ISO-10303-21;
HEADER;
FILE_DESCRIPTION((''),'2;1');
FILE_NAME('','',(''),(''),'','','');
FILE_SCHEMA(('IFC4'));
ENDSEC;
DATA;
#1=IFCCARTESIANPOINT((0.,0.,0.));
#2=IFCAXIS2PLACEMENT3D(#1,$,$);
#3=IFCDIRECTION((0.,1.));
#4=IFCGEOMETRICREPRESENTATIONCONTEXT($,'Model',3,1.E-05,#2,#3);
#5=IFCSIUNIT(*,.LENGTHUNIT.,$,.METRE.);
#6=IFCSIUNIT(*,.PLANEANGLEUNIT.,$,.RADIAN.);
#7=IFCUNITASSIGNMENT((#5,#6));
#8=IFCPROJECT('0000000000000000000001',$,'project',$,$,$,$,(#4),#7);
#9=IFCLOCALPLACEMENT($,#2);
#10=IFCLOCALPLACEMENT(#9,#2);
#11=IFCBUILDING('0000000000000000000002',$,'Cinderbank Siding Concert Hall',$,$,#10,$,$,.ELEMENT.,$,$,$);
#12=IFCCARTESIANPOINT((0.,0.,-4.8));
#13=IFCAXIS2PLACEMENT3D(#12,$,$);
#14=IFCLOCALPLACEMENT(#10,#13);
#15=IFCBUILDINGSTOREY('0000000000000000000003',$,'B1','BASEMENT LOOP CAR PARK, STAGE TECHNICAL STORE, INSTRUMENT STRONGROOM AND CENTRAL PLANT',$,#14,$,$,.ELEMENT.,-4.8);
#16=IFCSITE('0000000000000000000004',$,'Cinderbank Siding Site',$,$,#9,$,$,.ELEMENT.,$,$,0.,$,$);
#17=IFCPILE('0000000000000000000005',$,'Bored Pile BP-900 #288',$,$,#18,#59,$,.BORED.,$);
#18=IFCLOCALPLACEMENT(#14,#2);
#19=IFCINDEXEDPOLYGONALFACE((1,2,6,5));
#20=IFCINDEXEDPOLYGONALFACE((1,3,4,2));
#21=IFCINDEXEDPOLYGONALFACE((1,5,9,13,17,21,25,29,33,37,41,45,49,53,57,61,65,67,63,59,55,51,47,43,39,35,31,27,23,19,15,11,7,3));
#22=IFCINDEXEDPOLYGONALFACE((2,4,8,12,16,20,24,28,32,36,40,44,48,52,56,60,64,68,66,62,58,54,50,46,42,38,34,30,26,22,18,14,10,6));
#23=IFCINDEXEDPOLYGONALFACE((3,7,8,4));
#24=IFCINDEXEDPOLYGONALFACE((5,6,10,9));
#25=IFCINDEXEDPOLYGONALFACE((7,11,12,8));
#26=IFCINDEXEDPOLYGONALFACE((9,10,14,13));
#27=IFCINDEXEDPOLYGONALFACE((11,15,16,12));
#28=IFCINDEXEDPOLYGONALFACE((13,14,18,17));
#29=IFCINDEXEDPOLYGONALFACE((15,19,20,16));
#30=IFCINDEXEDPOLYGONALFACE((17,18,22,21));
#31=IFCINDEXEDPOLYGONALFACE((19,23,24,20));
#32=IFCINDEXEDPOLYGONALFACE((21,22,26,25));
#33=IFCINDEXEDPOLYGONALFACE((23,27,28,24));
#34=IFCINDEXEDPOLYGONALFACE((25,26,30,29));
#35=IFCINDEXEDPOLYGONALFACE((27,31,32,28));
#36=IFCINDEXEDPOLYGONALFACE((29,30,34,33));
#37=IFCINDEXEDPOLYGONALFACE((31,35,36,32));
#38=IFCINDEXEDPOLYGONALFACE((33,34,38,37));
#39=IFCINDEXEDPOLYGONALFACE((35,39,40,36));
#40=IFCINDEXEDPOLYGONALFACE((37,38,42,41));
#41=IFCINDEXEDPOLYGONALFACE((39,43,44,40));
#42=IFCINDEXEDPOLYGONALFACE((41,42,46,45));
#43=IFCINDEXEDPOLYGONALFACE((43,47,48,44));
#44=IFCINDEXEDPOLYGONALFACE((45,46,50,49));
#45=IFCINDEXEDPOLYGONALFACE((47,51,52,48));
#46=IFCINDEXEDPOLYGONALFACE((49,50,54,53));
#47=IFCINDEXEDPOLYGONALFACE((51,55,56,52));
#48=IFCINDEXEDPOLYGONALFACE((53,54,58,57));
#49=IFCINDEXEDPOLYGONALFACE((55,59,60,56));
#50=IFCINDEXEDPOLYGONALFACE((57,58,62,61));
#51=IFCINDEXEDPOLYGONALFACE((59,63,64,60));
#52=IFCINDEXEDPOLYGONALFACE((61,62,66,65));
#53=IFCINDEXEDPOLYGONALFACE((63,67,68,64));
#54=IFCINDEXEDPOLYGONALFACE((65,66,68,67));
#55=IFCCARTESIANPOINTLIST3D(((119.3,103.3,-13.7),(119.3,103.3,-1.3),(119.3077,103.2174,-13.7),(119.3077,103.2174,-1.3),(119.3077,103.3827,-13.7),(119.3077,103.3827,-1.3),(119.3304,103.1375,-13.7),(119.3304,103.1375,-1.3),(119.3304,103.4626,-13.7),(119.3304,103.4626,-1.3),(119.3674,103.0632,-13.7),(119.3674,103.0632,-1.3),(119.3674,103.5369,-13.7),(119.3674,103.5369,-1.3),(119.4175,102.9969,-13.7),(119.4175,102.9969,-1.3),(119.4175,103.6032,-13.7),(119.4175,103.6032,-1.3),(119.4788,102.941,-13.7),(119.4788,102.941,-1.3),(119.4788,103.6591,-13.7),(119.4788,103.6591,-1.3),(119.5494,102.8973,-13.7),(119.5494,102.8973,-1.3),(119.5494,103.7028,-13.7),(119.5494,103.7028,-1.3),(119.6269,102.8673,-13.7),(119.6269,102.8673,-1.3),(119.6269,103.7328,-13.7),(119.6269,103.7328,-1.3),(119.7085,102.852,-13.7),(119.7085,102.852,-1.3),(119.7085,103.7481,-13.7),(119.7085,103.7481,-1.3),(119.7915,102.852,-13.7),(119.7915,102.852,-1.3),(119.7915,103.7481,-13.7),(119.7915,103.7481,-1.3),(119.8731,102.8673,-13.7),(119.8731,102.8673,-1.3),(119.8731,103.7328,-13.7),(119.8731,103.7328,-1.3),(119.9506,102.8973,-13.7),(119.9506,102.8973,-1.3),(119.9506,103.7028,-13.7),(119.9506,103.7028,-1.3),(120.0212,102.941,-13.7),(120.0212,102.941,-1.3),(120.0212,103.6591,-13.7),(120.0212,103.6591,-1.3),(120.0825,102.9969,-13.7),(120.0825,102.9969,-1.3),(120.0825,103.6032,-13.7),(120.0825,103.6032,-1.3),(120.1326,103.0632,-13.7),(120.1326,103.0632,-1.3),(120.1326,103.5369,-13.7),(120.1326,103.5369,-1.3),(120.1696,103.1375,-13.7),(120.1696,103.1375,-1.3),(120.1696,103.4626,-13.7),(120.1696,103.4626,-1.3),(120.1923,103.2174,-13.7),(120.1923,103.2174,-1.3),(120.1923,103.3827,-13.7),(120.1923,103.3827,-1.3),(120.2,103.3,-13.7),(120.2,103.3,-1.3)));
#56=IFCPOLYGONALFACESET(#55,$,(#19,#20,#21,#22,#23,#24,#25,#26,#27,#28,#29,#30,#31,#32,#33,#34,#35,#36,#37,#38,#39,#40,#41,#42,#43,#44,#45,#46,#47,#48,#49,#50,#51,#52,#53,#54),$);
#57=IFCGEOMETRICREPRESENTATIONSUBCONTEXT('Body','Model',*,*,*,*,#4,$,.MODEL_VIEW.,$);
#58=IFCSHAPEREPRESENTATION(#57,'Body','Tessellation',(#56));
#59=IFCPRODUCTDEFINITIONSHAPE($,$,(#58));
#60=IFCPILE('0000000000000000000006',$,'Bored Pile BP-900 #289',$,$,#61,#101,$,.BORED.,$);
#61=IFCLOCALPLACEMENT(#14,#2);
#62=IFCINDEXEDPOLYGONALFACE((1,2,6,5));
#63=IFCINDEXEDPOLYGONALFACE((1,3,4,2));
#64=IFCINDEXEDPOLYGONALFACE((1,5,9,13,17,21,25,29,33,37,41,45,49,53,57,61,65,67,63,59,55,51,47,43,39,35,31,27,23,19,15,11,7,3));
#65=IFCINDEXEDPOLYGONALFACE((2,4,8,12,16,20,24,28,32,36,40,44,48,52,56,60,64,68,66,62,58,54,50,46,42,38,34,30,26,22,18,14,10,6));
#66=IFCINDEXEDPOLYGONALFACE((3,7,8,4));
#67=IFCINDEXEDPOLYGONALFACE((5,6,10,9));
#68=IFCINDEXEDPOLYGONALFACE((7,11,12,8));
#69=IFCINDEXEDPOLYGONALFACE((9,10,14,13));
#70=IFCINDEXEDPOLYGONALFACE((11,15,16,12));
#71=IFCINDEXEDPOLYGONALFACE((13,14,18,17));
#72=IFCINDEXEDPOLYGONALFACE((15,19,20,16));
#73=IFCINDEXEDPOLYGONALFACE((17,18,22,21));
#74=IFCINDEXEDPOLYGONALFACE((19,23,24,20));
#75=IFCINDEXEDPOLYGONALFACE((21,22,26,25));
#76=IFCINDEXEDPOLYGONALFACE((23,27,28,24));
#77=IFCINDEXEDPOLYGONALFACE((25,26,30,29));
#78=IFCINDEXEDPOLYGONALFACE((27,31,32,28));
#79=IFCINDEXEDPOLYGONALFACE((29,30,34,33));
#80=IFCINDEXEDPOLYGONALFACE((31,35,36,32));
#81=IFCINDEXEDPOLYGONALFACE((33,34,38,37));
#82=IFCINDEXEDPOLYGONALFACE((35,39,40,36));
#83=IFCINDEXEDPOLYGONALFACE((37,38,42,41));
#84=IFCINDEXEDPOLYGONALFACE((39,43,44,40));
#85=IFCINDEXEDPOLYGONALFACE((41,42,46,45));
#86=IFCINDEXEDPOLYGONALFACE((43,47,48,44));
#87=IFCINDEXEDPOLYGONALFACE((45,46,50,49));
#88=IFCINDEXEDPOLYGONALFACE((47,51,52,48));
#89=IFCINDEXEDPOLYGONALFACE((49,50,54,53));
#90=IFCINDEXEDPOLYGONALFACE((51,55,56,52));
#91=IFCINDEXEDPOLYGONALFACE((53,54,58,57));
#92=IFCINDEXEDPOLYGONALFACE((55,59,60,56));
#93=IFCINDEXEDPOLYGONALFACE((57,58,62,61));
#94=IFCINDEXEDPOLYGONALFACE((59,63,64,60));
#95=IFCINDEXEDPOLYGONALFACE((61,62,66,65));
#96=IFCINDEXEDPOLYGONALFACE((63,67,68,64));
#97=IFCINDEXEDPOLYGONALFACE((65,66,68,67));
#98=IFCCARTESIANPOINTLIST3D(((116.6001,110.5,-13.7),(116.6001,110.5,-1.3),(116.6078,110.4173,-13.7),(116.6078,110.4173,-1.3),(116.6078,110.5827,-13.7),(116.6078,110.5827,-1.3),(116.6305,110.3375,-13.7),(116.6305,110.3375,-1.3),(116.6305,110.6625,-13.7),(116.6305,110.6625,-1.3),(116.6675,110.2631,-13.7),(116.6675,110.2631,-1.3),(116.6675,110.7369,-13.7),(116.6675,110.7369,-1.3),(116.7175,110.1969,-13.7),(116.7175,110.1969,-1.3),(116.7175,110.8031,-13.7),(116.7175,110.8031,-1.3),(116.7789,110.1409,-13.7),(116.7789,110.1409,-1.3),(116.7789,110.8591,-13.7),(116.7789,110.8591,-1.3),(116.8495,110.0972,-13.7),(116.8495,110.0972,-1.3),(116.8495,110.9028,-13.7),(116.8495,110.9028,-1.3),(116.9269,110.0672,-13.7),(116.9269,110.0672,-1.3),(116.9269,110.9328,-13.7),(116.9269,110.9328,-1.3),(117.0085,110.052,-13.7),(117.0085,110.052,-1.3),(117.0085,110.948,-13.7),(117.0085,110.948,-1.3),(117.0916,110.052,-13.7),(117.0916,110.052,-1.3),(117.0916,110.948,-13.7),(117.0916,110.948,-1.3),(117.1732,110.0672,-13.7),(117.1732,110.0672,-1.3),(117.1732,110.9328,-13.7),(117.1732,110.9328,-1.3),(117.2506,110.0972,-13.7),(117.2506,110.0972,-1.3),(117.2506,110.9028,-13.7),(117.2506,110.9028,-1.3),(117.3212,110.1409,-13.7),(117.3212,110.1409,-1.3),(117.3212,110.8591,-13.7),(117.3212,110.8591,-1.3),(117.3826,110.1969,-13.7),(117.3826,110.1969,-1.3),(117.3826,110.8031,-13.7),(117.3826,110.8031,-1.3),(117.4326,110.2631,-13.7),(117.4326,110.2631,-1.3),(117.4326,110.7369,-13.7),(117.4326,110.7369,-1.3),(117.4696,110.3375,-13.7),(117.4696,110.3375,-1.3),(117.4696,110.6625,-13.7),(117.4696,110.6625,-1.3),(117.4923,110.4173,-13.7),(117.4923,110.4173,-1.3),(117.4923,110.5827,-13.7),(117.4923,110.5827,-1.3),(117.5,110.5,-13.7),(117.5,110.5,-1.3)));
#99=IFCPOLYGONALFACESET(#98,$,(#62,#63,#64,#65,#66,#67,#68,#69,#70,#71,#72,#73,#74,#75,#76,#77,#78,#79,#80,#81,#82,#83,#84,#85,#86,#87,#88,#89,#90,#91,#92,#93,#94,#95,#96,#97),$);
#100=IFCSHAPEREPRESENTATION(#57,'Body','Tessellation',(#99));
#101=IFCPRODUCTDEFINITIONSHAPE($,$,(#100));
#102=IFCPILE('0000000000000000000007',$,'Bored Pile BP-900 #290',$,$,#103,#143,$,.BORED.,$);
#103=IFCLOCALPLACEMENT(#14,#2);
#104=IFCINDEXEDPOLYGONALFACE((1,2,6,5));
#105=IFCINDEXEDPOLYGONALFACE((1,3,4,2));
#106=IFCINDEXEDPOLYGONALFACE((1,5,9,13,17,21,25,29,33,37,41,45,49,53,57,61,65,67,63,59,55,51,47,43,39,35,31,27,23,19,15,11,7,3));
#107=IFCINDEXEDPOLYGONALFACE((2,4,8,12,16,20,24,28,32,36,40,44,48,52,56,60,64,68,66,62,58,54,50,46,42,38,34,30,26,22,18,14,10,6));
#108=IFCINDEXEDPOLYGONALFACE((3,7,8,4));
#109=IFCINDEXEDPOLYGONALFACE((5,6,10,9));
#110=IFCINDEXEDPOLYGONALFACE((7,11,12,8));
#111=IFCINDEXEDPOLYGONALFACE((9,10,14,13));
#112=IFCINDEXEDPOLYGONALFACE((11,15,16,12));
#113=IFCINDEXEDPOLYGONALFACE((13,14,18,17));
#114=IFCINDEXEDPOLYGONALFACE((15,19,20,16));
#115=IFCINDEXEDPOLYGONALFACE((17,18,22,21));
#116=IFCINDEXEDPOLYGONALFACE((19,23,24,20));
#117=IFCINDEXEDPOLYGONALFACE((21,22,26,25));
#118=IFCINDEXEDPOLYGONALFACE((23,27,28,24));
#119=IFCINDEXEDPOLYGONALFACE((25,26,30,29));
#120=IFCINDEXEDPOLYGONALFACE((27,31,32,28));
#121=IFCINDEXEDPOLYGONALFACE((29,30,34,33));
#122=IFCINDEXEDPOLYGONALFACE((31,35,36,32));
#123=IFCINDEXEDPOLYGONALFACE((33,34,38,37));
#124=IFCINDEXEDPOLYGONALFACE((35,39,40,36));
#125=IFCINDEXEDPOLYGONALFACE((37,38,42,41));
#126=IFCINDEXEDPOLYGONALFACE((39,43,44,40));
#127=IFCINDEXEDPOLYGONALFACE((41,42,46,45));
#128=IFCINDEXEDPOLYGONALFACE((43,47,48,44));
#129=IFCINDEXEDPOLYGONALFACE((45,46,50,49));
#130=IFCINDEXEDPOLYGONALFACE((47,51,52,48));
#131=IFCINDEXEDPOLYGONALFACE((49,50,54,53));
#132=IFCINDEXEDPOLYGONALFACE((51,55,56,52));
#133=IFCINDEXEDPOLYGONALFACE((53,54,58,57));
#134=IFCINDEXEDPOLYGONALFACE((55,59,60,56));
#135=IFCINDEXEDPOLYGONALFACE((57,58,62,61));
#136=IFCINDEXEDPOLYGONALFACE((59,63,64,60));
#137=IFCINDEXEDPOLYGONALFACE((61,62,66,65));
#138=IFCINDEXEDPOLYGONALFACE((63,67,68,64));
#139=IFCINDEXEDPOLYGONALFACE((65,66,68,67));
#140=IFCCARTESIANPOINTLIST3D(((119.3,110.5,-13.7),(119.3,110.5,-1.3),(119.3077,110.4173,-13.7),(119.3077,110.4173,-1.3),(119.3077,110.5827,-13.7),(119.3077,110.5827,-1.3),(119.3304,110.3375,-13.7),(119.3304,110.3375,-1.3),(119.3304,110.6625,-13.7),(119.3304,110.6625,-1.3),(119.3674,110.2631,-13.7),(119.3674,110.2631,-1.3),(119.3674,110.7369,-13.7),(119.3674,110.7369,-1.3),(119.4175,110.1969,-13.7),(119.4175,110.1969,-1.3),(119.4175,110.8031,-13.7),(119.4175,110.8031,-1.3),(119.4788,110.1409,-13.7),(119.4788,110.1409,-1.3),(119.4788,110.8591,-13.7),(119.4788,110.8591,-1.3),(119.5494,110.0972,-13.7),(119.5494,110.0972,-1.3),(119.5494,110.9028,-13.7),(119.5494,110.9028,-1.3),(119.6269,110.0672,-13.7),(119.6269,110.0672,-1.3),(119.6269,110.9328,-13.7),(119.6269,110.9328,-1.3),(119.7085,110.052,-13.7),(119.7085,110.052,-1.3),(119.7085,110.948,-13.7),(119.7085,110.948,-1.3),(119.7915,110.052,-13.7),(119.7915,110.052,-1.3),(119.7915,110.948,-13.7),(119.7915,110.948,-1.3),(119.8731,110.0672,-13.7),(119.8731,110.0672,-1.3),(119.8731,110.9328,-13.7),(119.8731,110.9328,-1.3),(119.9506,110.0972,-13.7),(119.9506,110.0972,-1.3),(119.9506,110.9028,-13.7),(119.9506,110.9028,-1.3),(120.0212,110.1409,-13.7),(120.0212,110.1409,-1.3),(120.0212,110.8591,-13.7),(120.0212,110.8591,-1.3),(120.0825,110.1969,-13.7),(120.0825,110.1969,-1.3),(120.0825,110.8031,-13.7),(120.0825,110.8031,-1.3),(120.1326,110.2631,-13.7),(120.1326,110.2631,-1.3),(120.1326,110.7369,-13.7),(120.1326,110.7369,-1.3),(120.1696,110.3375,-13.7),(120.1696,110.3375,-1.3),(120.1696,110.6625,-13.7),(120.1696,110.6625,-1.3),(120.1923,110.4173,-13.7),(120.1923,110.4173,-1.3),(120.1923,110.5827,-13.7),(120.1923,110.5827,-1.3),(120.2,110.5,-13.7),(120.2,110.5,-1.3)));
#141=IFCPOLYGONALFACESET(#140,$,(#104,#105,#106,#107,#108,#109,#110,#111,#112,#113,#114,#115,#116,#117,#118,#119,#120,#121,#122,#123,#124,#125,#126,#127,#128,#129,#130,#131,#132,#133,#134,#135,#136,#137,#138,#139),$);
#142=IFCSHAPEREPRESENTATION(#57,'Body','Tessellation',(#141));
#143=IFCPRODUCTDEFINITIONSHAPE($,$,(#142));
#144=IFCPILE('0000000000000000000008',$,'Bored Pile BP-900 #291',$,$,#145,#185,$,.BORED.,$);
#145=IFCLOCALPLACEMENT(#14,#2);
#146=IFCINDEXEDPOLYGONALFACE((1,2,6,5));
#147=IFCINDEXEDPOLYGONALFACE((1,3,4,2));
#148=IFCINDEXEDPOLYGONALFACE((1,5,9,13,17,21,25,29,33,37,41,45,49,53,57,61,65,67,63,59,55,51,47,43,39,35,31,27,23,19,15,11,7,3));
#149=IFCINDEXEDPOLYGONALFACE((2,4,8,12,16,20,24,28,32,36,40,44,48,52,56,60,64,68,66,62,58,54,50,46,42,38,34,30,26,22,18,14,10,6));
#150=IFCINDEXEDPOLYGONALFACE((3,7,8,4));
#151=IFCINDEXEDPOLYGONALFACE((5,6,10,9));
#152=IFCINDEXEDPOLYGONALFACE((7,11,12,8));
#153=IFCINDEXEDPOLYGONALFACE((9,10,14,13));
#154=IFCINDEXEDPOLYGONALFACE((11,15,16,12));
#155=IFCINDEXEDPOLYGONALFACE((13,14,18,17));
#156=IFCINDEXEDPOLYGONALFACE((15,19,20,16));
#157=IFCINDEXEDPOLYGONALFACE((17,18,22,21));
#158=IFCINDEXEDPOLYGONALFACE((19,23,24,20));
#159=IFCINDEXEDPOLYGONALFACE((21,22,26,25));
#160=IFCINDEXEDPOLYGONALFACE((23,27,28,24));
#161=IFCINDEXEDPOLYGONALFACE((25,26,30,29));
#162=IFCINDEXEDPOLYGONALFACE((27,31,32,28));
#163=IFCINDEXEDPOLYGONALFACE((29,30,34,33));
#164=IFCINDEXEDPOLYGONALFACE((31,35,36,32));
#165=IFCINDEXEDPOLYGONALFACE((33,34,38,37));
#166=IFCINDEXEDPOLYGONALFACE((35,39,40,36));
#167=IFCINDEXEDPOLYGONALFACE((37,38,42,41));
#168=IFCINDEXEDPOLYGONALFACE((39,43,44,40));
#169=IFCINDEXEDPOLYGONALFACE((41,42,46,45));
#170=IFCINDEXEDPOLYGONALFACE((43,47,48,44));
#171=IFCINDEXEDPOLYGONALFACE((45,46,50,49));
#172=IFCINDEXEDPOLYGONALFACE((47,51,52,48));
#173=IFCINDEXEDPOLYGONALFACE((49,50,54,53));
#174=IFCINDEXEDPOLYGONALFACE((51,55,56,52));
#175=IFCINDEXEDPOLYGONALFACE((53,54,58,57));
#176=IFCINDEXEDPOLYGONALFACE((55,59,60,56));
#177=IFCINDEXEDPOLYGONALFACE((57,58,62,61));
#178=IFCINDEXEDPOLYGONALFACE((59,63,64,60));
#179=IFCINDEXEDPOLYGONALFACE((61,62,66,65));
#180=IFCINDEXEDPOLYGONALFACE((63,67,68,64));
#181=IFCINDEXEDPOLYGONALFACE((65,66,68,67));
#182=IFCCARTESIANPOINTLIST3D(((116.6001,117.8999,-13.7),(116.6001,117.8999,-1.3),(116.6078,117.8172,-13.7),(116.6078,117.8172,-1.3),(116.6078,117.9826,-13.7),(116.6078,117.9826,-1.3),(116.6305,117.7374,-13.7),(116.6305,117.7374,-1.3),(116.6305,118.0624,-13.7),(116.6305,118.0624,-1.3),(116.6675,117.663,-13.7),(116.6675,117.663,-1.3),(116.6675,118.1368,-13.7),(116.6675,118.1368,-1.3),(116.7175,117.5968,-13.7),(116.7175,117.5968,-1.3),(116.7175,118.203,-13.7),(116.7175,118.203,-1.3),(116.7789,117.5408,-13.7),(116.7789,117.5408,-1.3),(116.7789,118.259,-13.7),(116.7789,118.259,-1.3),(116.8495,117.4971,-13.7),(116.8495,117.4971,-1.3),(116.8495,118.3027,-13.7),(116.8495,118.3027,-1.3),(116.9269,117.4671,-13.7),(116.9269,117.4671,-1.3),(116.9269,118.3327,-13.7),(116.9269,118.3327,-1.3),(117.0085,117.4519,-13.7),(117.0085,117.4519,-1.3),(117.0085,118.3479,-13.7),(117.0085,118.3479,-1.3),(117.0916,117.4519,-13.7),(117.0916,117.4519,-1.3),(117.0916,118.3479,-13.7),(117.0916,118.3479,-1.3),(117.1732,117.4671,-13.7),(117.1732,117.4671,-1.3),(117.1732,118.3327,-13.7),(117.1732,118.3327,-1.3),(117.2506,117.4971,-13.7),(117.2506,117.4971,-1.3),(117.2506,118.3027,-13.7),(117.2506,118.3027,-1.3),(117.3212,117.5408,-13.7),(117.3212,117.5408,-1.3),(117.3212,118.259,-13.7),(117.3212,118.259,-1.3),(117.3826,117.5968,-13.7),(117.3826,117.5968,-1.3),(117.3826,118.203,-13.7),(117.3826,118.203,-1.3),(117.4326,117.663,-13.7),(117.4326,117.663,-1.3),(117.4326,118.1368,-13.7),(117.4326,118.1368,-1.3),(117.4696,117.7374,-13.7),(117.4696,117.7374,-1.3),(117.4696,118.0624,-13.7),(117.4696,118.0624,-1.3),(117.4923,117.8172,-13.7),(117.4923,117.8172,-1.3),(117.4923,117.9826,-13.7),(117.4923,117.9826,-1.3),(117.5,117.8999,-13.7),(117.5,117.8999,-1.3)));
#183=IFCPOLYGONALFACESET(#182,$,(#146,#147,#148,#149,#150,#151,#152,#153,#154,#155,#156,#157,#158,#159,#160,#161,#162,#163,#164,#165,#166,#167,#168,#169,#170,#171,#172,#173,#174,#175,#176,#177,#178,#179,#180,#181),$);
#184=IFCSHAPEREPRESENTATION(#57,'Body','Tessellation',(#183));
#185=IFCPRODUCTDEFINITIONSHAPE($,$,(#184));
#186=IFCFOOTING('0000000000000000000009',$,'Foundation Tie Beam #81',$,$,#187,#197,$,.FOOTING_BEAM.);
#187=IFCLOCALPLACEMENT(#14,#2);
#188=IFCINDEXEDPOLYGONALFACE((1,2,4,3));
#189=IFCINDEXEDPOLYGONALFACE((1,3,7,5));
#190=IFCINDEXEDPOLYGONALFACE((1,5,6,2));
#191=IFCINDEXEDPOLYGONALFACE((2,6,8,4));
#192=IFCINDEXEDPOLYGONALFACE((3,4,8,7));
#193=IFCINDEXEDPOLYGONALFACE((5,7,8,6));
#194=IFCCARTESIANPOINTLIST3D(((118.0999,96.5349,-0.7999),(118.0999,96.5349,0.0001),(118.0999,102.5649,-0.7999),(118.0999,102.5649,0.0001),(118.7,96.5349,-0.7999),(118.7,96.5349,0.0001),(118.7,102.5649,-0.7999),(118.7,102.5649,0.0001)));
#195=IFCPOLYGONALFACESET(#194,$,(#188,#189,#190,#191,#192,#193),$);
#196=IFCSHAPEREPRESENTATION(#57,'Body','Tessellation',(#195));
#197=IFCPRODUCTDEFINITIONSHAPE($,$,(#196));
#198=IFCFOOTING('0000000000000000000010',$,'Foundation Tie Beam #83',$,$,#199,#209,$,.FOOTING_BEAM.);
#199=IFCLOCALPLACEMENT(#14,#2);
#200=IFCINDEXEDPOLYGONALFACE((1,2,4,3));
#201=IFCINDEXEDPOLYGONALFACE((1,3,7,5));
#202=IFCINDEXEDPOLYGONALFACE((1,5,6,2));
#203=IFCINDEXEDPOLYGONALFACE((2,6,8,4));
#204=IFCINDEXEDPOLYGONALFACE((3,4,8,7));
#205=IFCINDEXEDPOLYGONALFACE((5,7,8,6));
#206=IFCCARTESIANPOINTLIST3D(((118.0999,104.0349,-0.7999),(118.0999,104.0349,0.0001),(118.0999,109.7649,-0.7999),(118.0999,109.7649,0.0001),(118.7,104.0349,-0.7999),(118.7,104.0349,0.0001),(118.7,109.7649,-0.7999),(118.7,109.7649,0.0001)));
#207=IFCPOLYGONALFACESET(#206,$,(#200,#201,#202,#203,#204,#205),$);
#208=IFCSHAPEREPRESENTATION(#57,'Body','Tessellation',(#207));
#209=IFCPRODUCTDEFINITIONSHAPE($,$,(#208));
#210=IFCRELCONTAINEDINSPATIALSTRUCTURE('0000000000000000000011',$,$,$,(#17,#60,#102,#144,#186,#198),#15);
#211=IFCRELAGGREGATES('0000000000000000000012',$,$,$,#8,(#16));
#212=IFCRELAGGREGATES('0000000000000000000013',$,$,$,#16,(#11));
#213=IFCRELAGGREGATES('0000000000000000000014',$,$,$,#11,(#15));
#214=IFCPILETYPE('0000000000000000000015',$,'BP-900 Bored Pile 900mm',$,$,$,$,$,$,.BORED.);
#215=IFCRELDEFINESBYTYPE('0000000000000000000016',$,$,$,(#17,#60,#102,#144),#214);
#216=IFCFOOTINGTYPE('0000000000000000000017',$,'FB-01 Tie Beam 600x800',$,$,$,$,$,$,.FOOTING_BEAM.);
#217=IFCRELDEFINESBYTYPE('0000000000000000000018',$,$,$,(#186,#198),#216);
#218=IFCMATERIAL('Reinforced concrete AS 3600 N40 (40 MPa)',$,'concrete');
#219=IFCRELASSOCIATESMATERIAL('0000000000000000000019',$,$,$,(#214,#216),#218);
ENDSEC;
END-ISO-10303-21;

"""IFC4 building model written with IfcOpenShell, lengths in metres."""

from ifc_helpers import new_model, si_unit, direction, frame, origin, origin_2d, place, context, subcontext, project, spatial, rectangle, circle, extrude, material, material_profile, profile_set, type_object, element, save


model = new_model("IFC4")

# Units and contexts
model_context = context("Model", 3, precision=1e-05, world=origin(), true_north=direction((0.0, 1.0)))
body_context = subcontext(model_context, "Body", "Model", "MODEL_VIEW")
ifc_project = project(units=[si_unit("LENGTHUNIT", "METRE"), si_unit("PLANEANGLEUNIT", "RADIAN")], contexts=[model_context])

# Site, building, storey
site_placement = place(None, origin())
site = spatial("IfcSite", under=ifc_project, at=site_placement, Name="Cinderbank Siding Site", CompositionType="ELEMENT", RefElevation=0.0)
building_placement = place(site_placement, origin())
building = spatial("IfcBuilding", under=site, at=building_placement, Name="Cinderbank Siding Concert Hall", CompositionType="ELEMENT")
storey_placement = place(building_placement, frame((0.0, 0.0, -4.8)))
storey = spatial("IfcBuildingStorey", under=building, at=storey_placement, Name="B1", Description="BASEMENT LOOP CAR PARK, STAGE TECHNICAL STORE, INSTRUMENT STRONGROOM AND CENTRAL PLANT", CompositionType="ELEMENT", Elevation=-4.8)

# Piles
ifc_material_1 = material(Name="Reinforced concrete AS 3600 N40 (40 MPa)", Category="concrete")
ifc_material_profile_1 = material_profile(ifc_material_1, circle(Radius=0.45, at=origin_2d()), Name="PILE-900DIA", Category="LoadBearing")
ifc_profile_set_1 = profile_set([ifc_material_profile_1], Name="Reinforced concrete AS 3600 N40 (40 MPa)")
pile_type_1 = type_object("IfcPileType", Name="BP-900 Bored Pile 900mm", PredefinedType="BORED", material=ifc_profile_set_1)
for number, where, z_axis, x_axis, name in (
    (1, (119.75, 103.3, -1.3), (0.0, 0.0, -1.0), (1.0, 0.0, 0.0), "Bored Pile BP-900 #288"),
    (2, (117.05, 110.5, -1.3), (0.0, 0.0, -1.0), (1.0, 0.0, 0.0), "Bored Pile BP-900 #289"),
    (3, (119.75, 110.5, -1.3), (0.0, 0.0, -1.0), (1.0, 0.0, 0.0), "Bored Pile BP-900 #290"),
    (4, (117.05, 117.8999, -1.3), (0.0, 0.0, -1.0), (1.0, 0.0, 0.0), "Bored Pile BP-900 #291"),
):
    element("IfcPile", number, at=place(storey_placement, frame(where, z_axis=z_axis, x_axis=x_axis)), inside=storey, type_object=pile_type_1, Name=name, PredefinedType="BORED", context=body_context, shape_type="SweptSolid", body=[
        extrude(circle(Radius=0.45, at=origin_2d()), origin(), (0.0, 0.0, 1.0), 12.3999),
    ])

# Footings
ifc_material_profile_2 = material_profile(ifc_material_1, rectangle(XDim=0.6001, YDim=0.8, at=origin_2d()), Name="RC-FB-600x800", Category="LoadBearing")
ifc_profile_set_2 = profile_set([ifc_material_profile_2], Name="Reinforced concrete AS 3600 N40 (40 MPa)")
footing_type_1 = type_object("IfcFootingType", Name="FB-01 Tie Beam 600x800", PredefinedType="FOOTING_BEAM", material=ifc_profile_set_2)
footing_1_placement = place(storey_placement, frame((118.3999, 96.5349, -0.3999), z_axis=(0.0, 1.0, 0.0), x_axis=(-1.0, 0.0, 0.0)))
element("IfcFooting", 5, at=footing_1_placement, inside=storey, type_object=footing_type_1, Name="Foundation Tie Beam #81", PredefinedType="FOOTING_BEAM", context=body_context, shape_type="SweptSolid", body=[
    extrude(rectangle(XDim=0.6001, YDim=0.8, at=origin_2d()), origin(), (0.0, 0.0, 1.0), 6.03),
])
footing_2_placement = place(storey_placement, frame((118.3999, 104.0349, -0.3999), z_axis=(0.0, 1.0, 0.0), x_axis=(-1.0, 0.0, 0.0)))
element("IfcFooting", 6, at=footing_2_placement, inside=storey, type_object=footing_type_1, Name="Foundation Tie Beam #83", PredefinedType="FOOTING_BEAM", context=body_context, shape_type="SweptSolid", body=[
    extrude(rectangle(XDim=0.6001, YDim=0.8, at=origin_2d()), origin(), (0.0, 0.0, 1.0), 5.73),
])

save(model, "model.ifc")
